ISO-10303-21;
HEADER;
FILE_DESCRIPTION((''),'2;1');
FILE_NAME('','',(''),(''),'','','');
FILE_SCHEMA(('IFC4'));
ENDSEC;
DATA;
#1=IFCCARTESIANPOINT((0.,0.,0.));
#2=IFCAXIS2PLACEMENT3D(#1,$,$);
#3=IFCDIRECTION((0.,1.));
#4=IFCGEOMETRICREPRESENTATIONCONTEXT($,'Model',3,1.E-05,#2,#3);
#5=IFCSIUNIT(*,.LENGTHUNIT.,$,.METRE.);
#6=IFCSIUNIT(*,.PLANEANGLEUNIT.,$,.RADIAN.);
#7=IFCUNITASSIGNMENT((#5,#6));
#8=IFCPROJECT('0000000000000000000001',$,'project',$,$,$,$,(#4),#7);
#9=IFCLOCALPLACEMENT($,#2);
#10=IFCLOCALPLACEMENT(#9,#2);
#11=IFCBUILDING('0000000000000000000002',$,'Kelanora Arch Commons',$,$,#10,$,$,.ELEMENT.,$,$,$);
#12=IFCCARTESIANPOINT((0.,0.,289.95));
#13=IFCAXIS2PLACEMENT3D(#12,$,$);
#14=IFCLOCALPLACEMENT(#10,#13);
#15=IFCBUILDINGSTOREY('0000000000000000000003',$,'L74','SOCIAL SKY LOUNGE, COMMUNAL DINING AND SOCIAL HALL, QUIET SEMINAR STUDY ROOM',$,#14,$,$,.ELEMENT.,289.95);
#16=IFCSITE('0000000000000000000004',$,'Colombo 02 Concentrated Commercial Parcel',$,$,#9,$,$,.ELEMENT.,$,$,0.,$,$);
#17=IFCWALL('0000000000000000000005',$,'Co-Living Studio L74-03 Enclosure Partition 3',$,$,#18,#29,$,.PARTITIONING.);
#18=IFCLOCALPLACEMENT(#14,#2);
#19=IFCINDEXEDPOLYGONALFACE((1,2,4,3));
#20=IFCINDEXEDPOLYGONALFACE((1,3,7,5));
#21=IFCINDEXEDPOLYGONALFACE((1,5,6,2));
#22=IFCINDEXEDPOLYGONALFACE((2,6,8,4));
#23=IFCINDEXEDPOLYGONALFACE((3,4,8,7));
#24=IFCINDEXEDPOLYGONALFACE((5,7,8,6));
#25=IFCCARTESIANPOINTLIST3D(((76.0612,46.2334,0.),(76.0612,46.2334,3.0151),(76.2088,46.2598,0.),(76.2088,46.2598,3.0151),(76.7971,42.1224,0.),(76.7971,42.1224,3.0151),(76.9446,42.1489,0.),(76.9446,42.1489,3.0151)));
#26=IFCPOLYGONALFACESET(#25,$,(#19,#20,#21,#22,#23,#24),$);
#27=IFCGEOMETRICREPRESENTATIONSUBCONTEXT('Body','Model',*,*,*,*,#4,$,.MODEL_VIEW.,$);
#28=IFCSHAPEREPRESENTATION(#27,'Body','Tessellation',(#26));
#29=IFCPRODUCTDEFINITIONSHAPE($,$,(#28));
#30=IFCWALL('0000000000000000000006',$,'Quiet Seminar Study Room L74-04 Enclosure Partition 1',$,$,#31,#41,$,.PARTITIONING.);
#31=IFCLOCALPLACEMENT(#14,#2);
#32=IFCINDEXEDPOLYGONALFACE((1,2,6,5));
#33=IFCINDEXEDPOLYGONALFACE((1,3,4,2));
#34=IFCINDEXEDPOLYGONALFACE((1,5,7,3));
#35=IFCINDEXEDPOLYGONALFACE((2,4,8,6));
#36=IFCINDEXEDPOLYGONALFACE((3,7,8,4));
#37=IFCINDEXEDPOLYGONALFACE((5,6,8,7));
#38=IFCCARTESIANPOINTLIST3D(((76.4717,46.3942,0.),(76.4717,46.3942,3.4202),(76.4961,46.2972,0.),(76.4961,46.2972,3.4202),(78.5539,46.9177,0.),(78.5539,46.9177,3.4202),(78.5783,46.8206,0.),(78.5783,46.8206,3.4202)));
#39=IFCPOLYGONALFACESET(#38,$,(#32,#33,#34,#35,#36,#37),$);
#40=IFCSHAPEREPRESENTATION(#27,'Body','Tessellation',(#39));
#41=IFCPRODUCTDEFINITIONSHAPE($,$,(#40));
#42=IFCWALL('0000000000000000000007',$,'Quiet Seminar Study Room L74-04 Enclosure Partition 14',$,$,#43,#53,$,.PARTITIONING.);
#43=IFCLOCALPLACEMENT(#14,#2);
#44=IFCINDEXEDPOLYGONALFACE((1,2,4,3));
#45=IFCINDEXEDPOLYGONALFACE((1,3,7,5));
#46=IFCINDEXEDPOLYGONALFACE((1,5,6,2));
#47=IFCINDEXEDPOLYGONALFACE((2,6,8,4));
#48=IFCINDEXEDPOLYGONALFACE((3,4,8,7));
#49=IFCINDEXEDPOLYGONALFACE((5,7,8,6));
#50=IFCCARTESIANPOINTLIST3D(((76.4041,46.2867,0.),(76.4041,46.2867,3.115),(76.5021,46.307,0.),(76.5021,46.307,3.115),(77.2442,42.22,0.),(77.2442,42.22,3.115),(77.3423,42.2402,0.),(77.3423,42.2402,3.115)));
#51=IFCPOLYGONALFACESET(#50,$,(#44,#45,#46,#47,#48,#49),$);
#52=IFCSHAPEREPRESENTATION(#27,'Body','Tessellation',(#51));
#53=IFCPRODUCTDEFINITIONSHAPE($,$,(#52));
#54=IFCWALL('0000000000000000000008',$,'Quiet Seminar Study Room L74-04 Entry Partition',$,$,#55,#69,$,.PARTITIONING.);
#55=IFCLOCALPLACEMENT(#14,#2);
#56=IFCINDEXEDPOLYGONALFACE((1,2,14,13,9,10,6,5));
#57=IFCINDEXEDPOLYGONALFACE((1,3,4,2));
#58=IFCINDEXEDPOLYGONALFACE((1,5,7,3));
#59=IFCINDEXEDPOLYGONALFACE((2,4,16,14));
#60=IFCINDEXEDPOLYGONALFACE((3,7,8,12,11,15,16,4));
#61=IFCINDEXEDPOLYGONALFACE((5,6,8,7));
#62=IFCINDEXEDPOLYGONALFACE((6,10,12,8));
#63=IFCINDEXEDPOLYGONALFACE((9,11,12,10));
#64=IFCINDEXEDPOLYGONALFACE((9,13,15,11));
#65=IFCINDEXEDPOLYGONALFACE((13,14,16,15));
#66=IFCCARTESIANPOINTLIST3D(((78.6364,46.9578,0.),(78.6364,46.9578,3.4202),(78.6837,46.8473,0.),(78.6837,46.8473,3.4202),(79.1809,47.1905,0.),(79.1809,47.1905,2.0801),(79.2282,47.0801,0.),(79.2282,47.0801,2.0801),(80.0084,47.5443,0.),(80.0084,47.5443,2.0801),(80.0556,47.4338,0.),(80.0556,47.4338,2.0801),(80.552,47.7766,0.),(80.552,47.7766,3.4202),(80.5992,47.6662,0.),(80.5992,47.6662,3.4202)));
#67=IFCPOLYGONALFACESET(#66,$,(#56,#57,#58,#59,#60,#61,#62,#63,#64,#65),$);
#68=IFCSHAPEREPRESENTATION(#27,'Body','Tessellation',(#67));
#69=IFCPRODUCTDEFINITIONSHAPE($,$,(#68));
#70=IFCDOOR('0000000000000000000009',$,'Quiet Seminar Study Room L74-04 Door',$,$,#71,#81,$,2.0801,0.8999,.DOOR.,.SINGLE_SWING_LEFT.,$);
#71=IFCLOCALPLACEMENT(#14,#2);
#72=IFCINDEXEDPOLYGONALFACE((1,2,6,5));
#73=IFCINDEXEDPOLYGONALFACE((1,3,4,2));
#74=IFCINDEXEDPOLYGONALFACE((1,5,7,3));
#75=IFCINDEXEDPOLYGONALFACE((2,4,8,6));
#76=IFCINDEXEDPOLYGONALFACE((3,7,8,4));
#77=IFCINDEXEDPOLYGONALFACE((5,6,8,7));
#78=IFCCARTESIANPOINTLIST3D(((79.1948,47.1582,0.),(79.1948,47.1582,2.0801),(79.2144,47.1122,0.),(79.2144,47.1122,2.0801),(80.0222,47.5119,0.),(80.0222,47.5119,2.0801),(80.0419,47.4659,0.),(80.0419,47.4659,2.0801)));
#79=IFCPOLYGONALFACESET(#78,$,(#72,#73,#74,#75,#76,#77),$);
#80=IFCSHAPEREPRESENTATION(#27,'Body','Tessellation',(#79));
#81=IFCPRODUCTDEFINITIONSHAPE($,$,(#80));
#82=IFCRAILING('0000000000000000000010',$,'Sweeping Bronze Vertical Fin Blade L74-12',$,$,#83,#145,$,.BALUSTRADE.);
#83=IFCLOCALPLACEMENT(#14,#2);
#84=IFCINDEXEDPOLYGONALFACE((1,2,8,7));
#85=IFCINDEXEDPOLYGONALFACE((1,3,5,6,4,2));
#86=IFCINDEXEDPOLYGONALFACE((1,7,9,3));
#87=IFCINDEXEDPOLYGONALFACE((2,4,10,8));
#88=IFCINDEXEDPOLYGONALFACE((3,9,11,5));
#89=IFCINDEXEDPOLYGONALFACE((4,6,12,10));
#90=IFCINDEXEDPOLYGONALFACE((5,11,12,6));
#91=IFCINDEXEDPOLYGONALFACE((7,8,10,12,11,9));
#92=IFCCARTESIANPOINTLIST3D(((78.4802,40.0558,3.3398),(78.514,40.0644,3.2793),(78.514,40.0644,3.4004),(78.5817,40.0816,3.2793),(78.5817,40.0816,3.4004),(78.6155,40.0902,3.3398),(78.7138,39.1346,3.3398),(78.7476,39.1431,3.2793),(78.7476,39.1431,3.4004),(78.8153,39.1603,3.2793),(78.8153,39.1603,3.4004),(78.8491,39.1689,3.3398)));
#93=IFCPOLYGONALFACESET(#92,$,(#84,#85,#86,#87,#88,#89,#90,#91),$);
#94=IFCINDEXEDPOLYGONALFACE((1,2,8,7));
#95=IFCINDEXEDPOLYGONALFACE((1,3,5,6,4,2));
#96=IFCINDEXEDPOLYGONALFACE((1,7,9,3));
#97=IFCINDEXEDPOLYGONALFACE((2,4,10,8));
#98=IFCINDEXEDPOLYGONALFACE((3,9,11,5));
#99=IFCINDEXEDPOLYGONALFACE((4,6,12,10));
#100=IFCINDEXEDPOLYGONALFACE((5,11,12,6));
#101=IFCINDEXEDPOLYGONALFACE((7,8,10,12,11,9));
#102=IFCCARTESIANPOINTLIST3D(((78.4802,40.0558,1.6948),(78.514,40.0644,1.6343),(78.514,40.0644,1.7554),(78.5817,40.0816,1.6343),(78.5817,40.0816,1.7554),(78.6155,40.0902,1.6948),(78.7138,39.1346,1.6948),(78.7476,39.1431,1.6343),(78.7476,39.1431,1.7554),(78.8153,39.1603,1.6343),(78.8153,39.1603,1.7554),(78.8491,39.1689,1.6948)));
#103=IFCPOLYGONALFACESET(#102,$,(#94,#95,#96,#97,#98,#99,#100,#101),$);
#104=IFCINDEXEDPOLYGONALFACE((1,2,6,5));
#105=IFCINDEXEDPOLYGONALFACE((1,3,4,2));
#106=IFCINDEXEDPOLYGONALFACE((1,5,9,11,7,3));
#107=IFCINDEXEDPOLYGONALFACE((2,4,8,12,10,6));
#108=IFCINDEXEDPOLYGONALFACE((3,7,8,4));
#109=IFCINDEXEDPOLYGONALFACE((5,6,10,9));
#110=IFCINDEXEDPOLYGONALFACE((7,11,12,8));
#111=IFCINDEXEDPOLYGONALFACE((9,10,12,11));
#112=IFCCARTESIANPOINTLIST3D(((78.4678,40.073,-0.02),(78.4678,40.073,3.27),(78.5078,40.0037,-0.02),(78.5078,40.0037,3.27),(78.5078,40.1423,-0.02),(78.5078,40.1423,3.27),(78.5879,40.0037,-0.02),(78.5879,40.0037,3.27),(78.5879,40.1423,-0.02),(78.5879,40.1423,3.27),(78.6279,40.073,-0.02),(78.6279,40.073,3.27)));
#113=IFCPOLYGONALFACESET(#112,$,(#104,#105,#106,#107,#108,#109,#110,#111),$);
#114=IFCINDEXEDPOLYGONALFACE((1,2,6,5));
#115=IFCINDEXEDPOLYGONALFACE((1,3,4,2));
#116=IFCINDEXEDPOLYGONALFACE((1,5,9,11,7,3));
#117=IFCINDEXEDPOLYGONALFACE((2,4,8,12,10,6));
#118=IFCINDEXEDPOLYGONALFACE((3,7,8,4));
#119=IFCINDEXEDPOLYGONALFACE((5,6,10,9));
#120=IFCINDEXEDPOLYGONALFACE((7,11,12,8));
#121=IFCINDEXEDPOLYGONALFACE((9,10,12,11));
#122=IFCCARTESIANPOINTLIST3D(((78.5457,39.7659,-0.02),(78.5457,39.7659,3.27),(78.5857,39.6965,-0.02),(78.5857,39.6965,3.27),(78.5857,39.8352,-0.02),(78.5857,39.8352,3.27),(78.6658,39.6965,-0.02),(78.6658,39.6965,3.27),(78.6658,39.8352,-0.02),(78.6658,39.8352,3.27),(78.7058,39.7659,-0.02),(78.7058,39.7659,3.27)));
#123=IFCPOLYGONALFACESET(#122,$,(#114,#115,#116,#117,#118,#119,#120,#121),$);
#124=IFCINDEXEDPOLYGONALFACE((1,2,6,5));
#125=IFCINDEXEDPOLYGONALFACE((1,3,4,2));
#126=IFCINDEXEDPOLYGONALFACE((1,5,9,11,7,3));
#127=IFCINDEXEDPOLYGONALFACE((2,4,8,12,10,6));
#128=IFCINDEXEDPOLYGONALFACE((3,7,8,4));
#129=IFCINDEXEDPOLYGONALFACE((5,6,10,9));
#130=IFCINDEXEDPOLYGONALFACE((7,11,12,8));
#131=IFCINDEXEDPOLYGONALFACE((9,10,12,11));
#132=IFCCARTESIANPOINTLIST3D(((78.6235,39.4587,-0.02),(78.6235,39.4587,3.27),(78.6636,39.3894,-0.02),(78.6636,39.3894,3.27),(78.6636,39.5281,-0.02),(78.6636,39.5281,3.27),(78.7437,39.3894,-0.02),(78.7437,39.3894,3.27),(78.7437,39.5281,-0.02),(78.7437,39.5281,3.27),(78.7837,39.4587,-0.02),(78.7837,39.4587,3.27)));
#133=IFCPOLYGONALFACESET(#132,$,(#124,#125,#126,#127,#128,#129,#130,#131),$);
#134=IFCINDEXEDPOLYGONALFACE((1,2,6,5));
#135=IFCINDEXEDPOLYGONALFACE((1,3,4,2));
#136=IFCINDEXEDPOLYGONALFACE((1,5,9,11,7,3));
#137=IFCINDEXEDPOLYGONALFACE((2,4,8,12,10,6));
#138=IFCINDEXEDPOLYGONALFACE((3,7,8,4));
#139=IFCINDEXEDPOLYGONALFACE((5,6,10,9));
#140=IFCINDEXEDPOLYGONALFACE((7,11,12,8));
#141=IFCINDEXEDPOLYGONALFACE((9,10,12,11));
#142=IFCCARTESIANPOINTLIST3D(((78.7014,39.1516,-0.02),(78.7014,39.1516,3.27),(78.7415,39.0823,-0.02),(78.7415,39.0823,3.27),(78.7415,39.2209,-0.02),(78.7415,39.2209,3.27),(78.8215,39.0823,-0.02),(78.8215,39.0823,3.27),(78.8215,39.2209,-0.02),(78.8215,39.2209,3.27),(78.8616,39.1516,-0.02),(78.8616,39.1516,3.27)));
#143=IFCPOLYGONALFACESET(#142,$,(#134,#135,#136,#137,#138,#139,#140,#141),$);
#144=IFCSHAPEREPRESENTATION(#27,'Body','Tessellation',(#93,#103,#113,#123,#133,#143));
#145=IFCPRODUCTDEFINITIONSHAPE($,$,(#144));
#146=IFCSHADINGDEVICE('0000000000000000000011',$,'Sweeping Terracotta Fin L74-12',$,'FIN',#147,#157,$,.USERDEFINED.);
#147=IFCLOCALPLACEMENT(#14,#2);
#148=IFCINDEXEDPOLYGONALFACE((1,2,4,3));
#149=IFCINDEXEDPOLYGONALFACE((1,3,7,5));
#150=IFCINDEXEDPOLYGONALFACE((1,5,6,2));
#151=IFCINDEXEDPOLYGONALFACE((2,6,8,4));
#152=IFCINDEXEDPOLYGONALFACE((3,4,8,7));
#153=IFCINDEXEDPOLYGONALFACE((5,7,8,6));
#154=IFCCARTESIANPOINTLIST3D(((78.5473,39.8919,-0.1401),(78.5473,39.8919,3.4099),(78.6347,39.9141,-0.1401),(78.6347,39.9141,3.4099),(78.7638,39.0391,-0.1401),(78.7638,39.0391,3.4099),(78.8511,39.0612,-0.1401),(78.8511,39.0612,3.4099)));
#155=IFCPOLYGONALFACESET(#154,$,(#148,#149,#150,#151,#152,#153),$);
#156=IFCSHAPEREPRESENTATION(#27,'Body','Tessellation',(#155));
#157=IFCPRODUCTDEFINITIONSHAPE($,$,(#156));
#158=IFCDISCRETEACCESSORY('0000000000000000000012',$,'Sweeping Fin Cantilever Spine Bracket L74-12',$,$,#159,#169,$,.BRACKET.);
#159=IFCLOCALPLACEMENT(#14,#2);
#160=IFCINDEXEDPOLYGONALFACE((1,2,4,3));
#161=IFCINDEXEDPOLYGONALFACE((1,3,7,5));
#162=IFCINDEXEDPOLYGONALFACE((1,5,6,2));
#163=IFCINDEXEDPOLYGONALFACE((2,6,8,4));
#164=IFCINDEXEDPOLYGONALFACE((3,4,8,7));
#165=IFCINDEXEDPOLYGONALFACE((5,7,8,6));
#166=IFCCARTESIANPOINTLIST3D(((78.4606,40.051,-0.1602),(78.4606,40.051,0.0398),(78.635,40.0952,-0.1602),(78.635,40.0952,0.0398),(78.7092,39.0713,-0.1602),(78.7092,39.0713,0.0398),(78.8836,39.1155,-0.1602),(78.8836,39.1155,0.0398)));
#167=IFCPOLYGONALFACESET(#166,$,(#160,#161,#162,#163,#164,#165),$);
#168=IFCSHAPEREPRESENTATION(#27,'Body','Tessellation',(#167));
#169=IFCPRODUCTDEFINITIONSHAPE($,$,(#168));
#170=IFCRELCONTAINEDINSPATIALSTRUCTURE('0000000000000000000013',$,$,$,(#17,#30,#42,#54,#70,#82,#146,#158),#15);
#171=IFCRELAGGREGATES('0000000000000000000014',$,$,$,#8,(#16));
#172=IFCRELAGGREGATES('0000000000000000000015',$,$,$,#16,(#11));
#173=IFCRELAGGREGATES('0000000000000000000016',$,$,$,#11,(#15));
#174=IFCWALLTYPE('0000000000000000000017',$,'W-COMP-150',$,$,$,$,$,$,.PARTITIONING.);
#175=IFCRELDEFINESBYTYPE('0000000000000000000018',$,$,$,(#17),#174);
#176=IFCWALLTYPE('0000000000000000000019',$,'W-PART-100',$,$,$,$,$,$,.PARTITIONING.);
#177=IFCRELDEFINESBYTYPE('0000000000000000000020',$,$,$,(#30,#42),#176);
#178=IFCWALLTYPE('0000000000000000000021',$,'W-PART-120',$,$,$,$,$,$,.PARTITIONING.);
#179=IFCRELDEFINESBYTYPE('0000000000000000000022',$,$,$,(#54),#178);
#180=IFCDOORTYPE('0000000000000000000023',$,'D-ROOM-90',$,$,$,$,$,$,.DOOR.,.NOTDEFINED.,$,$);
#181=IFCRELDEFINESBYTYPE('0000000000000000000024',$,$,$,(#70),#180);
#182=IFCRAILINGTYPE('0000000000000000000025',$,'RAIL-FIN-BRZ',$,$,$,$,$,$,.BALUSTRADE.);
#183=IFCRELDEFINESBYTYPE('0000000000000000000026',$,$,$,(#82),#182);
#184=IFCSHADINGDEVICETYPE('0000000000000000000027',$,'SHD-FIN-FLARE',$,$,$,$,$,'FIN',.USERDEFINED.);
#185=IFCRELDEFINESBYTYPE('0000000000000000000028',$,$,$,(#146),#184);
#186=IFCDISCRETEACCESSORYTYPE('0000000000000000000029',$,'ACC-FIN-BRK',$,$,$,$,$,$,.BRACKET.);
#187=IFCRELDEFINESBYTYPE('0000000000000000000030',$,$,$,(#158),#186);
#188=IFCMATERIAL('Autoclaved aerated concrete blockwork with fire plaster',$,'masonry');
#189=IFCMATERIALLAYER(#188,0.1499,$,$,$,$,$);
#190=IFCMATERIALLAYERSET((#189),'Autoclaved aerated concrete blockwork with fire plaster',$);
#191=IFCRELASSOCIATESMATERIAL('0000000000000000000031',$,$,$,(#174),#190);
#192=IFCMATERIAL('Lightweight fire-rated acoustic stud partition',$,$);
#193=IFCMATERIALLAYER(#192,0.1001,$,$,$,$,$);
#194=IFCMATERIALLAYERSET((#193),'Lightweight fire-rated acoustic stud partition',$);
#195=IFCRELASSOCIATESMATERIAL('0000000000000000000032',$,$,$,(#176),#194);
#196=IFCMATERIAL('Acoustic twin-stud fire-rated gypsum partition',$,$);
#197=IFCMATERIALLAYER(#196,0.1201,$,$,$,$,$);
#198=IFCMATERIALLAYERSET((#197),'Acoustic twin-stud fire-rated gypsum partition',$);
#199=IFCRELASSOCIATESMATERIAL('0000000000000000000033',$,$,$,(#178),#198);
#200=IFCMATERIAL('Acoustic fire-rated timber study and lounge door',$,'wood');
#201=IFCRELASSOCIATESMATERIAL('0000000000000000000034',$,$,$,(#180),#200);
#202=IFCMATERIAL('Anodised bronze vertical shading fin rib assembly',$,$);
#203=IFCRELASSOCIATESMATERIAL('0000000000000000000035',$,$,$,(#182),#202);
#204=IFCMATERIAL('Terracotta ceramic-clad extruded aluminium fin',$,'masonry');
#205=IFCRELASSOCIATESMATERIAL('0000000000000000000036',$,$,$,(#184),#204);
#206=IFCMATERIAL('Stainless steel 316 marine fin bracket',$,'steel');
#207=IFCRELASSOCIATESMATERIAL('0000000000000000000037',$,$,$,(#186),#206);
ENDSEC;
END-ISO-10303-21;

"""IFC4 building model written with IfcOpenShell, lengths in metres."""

from ifc_helpers import new_model, si_unit, direction, frame, frame_2d, origin, origin_2d, place, context, subcontext, project, spatial, polyline, rectangle, outline, extrude, source, transform, mapped, material, layer, layer_set, type_object, element, fill, save


model = new_model("IFC4")

# Units and contexts
model_context = context("Model", 3, precision=1e-05, world=origin(), true_north=direction((0.0, 1.0)))
body_context = subcontext(model_context, "Body", "Model", "MODEL_VIEW")
ifc_project = project(units=[si_unit("LENGTHUNIT", "METRE"), si_unit("PLANEANGLEUNIT", "RADIAN")], contexts=[model_context])

# Site, building, storey
site_placement = place(None, origin())
site = spatial("IfcSite", under=ifc_project, at=site_placement, Name="Colombo 02 Concentrated Commercial Parcel", CompositionType="ELEMENT", RefElevation=0.0)
building_placement = place(site_placement, origin())
building = spatial("IfcBuilding", under=site, at=building_placement, Name="Kelanora Arch Commons", CompositionType="ELEMENT")
storey_placement = place(building_placement, frame((0.0, 0.0, 289.95)))
storey = spatial("IfcBuildingStorey", under=building, at=storey_placement, Name="L74", Description="SOCIAL SKY LOUNGE, COMMUNAL DINING AND SOCIAL HALL, QUIET SEMINAR STUDY ROOM", CompositionType="ELEMENT", Elevation=289.95)

# Walls
ifc_material_1 = material(Name="Autoclaved aerated concrete blockwork with fire plaster", Category="masonry")
ifc_layer_1 = layer(ifc_material_1, 0.1499)
ifc_layer_set_1 = layer_set([ifc_layer_1], Name="Autoclaved aerated concrete blockwork with fire plaster")
wall_type_1 = type_object("IfcWallType", Name="W-COMP-150", PredefinedType="PARTITIONING", material=ifc_layer_set_1)
wall_1_placement = place(storey_placement, frame((76.135, 46.2466, 0.0), z_axis=(0.0, 0.0, 1.0), x_axis=(0.176199, -0.984355, 0.0)))
element("IfcWall", 1, at=wall_1_placement, inside=storey, type_object=wall_type_1, Name="Co-Living Studio L74-03 Enclosure Partition 3", PredefinedType="PARTITIONING", context=body_context, shape_type="SweptSolid", body=[
    extrude(rectangle(XDim=4.1763, YDim=0.1499, at=frame_2d((2.0881, 0.0))), origin(), (0.0, 0.0, 1.0), 3.0151),
])
ifc_material_2 = material(Name="Lightweight fire-rated acoustic stud partition")
ifc_layer_2 = layer(ifc_material_2, 0.1001)
ifc_layer_set_2 = layer_set([ifc_layer_2], Name="Lightweight fire-rated acoustic stud partition")
wall_type_2 = type_object("IfcWallType", Name="W-PART-100", PredefinedType="PARTITIONING", material=ifc_layer_set_2)
wall_2_placement = place(storey_placement, frame((76.4839, 46.3457, 0.0), z_axis=(0.0, 0.0, 1.0), x_axis=(0.969827, 0.243793, 0.0)))
element("IfcWall", 2, at=wall_2_placement, inside=storey, type_object=wall_type_2, Name="Quiet Seminar Study Room L74-04 Enclosure Partition 1", PredefinedType="PARTITIONING", context=body_context, shape_type="SweptSolid", body=[
    extrude(rectangle(XDim=2.147, YDim=0.1001, at=frame_2d((1.0735, 0.0))), origin(), (0.0, 0.0, 1.0), 3.4202),
])
wall_3_placement = place(storey_placement, frame((77.2932, 42.2302, 0.0), z_axis=(0.0, 0.0, 1.0), x_axis=(-0.202308, 0.979322, 0.0)))
element("IfcWall", 3, at=wall_3_placement, inside=storey, type_object=wall_type_2, Name="Quiet Seminar Study Room L74-04 Enclosure Partition 14", PredefinedType="PARTITIONING", context=body_context, shape_type="SweptSolid", body=[
    extrude(rectangle(XDim=4.1526, YDim=0.1001, at=frame_2d((2.0762, 0.0))), origin(), (0.0, 0.0, 1.0), 3.115),
])

# Wall, opening, door
ifc_material_3 = material(Name="Acoustic twin-stud fire-rated gypsum partition")
ifc_layer_3 = layer(ifc_material_3, 0.1201)
ifc_layer_set_3 = layer_set([ifc_layer_3], Name="Acoustic twin-stud fire-rated gypsum partition")
wall_type_3 = type_object("IfcWallType", Name="W-PART-120", PredefinedType="PARTITIONING", material=ifc_layer_set_3)
wall_4_placement = place(storey_placement, frame((78.6602, 46.9026, 0.0), z_axis=(0.0, 0.0, 1.0), x_axis=(0.919508, 0.39307, 0.0)))
wall_4 = element("IfcWall", 4, at=wall_4_placement, inside=storey, type_object=wall_type_3, Name="Quiet Seminar Study Room L74-04 Entry Partition", PredefinedType="PARTITIONING", context=body_context, shape_type="SweptSolid", body=[
    extrude(rectangle(XDim=2.0833, YDim=0.1201, at=frame_2d((1.0415, 0.0))), origin(), (0.0, 0.0, 1.0), 3.4202),
])
opening_placement = place(wall_4_placement, frame((0.592, 0.0, 0.0)))
opening = element("IfcOpeningElement", 5, at=opening_placement, cuts=wall_4, PredefinedType="OPENING", context=body_context, shape_type="SweptSolid", body=[
    extrude(rectangle(XDim=0.8999, YDim=2.0801, at=frame_2d((0.45, 1.04))), frame((0.0, 0.0701, 0.0), z_axis=(0.0, -1.0, 0.0), x_axis=(1.0, 0.0, 0.0)), (0.0, 0.0, 1.0), 0.1401),
])
ifc_material_4 = material(Name="Acoustic fire-rated timber study and lounge door", Category="wood")
door_type = type_object("IfcDoorType", Name="D-ROOM-90", OperationType="NOTDEFINED", PredefinedType="DOOR", material=ifc_material_4)
door_placement = place(opening_placement, origin())
door = element("IfcDoor", 6, at=door_placement, inside=storey, type_object=door_type, Name="Quiet Seminar Study Room L74-04 Door", OperationType="SINGLE_SWING_LEFT", OverallHeight=2.0801, OverallWidth=0.8999, PredefinedType="DOOR", context=body_context, shape_type="SweptSolid", body=[
    extrude(rectangle(XDim=0.8999, YDim=2.0801, at=frame_2d((0.45, 1.04))), frame((0.0, 0.0249, 0.0), z_axis=(0.0, -1.0, 0.0), x_axis=(1.0, 0.0, 0.0)), (0.0, 0.0, 1.0), 0.05),
])
fill(opening, door)

# Railing
ifc_material_5 = material(Name="Anodised bronze vertical shading fin rib assembly")
railing_type = type_object("IfcRailingType", Name="RAIL-FIN-BRZ", PredefinedType="BALUSTRADE", material=ifc_material_5)
railing_placement = place(storey_placement, frame((78.5479, 40.073, -0.02)))
element("IfcRailing", 7, at=railing_placement, inside=storey, type_object=railing_type, Name="Sweeping Bronze Vertical Fin Blade L74-12", PredefinedType="BALUSTRADE", context=body_context, shape_type="SweptSolid", body=[
    extrude(outline(polyline([(0.0698, 0.0), (0.0349, 0.0605), (-0.0349, 0.0605), (-0.0698, 0.0), (-0.0349, -0.0605), (0.0349, -0.0605), (0.0698, 0.0)])), frame((0.0, 0.0, 3.3599), z_axis=(0.245798, -0.969321, 0.0), x_axis=(0.969321, 0.245798, 0.0)), (0.0, 0.0, 1.0), 0.9504),
    extrude(outline(polyline([(0.0698, 0.0), (0.0349, 0.0605), (-0.0349, 0.0605), (-0.0698, 0.0), (-0.0349, -0.0605), (0.0349, -0.0605), (0.0698, 0.0)])), frame((0.0, 0.0, 1.7148), z_axis=(0.245798, -0.969321, 0.0), x_axis=(0.969321, 0.245798, 0.0)), (0.0, 0.0, 1.0), 0.9504),
    extrude(outline(polyline([(0.0801, 0.0), (0.04, 0.0693), (-0.04, 0.0693), (-0.0801, 0.0), (-0.04, -0.0693), (0.04, -0.0693), (0.0801, 0.0)])), origin(), (0.0, 0.0, 1.0), 3.29),
    extrude(outline(polyline([(0.0801, 0.0), (0.04, 0.0693), (-0.04, 0.0693), (-0.0801, 0.0), (-0.04, -0.0693), (0.04, -0.0693), (0.0801, 0.0)])), frame((0.0779, -0.3071, 0.0)), (0.0, 0.0, 1.0), 3.29),
    extrude(outline(polyline([(0.0801, 0.0), (0.04, 0.0693), (-0.04, 0.0693), (-0.0801, 0.0), (-0.04, -0.0693), (0.04, -0.0693), (0.0801, 0.0)])), frame((0.1558, -0.6143, 0.0)), (0.0, 0.0, 1.0), 3.29),
    extrude(outline(polyline([(0.0801, 0.0), (0.04, 0.0693), (-0.04, 0.0693), (-0.0801, 0.0), (-0.04, -0.0693), (0.04, -0.0693), (0.0801, 0.0)])), frame((0.2336, -0.9214, 0.0)), (0.0, 0.0, 1.0), 3.29),
])

# Shading device
ifc_material_6 = material(Name="Terracotta ceramic-clad extruded aluminium fin", Category="masonry")
shading_device_type = type_object("IfcShadingDeviceType", Name="SHD-FIN-FLARE", ElementType="FIN", PredefinedType="USERDEFINED", material=ifc_material_6)
shared_shape_1 = source(origin(), body_context, "Body", "SweptSolid", [
    extrude(rectangle(XDim=0.8799, YDim=0.0901, at=origin_2d()), origin(), (0.0, 0.0, 1.0), 3.55),
])
shading_device_placement = place(storey_placement, frame((78.6992, 39.4766, -0.1401), z_axis=(0.0, 0.0, 1.0), x_axis=(0.245984, -0.969274, 0.0)))
element("IfcShadingDevice", 8, at=shading_device_placement, inside=storey, type_object=shading_device_type, Name="Sweeping Terracotta Fin L74-12", ObjectType="FIN", PredefinedType="USERDEFINED", context=body_context, shape_type="MappedRepresentation", body=[
    mapped(shared_shape_1, transform((0.0, 0.0, 0.0), scale=1.0)),
])

# Discrete accessory
ifc_material_7 = material(Name="Stainless steel 316 marine fin bracket", Category="steel")
discrete_accessory_type = type_object("IfcDiscreteAccessoryType", Name="ACC-FIN-BRK", PredefinedType="BRACKET", material=ifc_material_7)
shared_shape_2 = source(origin(), body_context, "Body", "SweptSolid", [
    extrude(rectangle(XDim=1.0107, YDim=0.1799, at=origin_2d()), origin(), (0.0, 0.0, 1.0), 0.2),
])
discrete_accessory_placement = place(storey_placement, frame((78.6721, 39.5833, -0.1602), z_axis=(0.0, 0.0, 1.0), x_axis=(0.245984, -0.969274, 0.0)))
element("IfcDiscreteAccessory", 9, at=discrete_accessory_placement, inside=storey, type_object=discrete_accessory_type, Name="Sweeping Fin Cantilever Spine Bracket L74-12", PredefinedType="BRACKET", context=body_context, shape_type="MappedRepresentation", body=[
    mapped(shared_shape_2, transform((0.0, 0.0, 0.0), scale=1.0)),
])

save(model, "model.ifc")
